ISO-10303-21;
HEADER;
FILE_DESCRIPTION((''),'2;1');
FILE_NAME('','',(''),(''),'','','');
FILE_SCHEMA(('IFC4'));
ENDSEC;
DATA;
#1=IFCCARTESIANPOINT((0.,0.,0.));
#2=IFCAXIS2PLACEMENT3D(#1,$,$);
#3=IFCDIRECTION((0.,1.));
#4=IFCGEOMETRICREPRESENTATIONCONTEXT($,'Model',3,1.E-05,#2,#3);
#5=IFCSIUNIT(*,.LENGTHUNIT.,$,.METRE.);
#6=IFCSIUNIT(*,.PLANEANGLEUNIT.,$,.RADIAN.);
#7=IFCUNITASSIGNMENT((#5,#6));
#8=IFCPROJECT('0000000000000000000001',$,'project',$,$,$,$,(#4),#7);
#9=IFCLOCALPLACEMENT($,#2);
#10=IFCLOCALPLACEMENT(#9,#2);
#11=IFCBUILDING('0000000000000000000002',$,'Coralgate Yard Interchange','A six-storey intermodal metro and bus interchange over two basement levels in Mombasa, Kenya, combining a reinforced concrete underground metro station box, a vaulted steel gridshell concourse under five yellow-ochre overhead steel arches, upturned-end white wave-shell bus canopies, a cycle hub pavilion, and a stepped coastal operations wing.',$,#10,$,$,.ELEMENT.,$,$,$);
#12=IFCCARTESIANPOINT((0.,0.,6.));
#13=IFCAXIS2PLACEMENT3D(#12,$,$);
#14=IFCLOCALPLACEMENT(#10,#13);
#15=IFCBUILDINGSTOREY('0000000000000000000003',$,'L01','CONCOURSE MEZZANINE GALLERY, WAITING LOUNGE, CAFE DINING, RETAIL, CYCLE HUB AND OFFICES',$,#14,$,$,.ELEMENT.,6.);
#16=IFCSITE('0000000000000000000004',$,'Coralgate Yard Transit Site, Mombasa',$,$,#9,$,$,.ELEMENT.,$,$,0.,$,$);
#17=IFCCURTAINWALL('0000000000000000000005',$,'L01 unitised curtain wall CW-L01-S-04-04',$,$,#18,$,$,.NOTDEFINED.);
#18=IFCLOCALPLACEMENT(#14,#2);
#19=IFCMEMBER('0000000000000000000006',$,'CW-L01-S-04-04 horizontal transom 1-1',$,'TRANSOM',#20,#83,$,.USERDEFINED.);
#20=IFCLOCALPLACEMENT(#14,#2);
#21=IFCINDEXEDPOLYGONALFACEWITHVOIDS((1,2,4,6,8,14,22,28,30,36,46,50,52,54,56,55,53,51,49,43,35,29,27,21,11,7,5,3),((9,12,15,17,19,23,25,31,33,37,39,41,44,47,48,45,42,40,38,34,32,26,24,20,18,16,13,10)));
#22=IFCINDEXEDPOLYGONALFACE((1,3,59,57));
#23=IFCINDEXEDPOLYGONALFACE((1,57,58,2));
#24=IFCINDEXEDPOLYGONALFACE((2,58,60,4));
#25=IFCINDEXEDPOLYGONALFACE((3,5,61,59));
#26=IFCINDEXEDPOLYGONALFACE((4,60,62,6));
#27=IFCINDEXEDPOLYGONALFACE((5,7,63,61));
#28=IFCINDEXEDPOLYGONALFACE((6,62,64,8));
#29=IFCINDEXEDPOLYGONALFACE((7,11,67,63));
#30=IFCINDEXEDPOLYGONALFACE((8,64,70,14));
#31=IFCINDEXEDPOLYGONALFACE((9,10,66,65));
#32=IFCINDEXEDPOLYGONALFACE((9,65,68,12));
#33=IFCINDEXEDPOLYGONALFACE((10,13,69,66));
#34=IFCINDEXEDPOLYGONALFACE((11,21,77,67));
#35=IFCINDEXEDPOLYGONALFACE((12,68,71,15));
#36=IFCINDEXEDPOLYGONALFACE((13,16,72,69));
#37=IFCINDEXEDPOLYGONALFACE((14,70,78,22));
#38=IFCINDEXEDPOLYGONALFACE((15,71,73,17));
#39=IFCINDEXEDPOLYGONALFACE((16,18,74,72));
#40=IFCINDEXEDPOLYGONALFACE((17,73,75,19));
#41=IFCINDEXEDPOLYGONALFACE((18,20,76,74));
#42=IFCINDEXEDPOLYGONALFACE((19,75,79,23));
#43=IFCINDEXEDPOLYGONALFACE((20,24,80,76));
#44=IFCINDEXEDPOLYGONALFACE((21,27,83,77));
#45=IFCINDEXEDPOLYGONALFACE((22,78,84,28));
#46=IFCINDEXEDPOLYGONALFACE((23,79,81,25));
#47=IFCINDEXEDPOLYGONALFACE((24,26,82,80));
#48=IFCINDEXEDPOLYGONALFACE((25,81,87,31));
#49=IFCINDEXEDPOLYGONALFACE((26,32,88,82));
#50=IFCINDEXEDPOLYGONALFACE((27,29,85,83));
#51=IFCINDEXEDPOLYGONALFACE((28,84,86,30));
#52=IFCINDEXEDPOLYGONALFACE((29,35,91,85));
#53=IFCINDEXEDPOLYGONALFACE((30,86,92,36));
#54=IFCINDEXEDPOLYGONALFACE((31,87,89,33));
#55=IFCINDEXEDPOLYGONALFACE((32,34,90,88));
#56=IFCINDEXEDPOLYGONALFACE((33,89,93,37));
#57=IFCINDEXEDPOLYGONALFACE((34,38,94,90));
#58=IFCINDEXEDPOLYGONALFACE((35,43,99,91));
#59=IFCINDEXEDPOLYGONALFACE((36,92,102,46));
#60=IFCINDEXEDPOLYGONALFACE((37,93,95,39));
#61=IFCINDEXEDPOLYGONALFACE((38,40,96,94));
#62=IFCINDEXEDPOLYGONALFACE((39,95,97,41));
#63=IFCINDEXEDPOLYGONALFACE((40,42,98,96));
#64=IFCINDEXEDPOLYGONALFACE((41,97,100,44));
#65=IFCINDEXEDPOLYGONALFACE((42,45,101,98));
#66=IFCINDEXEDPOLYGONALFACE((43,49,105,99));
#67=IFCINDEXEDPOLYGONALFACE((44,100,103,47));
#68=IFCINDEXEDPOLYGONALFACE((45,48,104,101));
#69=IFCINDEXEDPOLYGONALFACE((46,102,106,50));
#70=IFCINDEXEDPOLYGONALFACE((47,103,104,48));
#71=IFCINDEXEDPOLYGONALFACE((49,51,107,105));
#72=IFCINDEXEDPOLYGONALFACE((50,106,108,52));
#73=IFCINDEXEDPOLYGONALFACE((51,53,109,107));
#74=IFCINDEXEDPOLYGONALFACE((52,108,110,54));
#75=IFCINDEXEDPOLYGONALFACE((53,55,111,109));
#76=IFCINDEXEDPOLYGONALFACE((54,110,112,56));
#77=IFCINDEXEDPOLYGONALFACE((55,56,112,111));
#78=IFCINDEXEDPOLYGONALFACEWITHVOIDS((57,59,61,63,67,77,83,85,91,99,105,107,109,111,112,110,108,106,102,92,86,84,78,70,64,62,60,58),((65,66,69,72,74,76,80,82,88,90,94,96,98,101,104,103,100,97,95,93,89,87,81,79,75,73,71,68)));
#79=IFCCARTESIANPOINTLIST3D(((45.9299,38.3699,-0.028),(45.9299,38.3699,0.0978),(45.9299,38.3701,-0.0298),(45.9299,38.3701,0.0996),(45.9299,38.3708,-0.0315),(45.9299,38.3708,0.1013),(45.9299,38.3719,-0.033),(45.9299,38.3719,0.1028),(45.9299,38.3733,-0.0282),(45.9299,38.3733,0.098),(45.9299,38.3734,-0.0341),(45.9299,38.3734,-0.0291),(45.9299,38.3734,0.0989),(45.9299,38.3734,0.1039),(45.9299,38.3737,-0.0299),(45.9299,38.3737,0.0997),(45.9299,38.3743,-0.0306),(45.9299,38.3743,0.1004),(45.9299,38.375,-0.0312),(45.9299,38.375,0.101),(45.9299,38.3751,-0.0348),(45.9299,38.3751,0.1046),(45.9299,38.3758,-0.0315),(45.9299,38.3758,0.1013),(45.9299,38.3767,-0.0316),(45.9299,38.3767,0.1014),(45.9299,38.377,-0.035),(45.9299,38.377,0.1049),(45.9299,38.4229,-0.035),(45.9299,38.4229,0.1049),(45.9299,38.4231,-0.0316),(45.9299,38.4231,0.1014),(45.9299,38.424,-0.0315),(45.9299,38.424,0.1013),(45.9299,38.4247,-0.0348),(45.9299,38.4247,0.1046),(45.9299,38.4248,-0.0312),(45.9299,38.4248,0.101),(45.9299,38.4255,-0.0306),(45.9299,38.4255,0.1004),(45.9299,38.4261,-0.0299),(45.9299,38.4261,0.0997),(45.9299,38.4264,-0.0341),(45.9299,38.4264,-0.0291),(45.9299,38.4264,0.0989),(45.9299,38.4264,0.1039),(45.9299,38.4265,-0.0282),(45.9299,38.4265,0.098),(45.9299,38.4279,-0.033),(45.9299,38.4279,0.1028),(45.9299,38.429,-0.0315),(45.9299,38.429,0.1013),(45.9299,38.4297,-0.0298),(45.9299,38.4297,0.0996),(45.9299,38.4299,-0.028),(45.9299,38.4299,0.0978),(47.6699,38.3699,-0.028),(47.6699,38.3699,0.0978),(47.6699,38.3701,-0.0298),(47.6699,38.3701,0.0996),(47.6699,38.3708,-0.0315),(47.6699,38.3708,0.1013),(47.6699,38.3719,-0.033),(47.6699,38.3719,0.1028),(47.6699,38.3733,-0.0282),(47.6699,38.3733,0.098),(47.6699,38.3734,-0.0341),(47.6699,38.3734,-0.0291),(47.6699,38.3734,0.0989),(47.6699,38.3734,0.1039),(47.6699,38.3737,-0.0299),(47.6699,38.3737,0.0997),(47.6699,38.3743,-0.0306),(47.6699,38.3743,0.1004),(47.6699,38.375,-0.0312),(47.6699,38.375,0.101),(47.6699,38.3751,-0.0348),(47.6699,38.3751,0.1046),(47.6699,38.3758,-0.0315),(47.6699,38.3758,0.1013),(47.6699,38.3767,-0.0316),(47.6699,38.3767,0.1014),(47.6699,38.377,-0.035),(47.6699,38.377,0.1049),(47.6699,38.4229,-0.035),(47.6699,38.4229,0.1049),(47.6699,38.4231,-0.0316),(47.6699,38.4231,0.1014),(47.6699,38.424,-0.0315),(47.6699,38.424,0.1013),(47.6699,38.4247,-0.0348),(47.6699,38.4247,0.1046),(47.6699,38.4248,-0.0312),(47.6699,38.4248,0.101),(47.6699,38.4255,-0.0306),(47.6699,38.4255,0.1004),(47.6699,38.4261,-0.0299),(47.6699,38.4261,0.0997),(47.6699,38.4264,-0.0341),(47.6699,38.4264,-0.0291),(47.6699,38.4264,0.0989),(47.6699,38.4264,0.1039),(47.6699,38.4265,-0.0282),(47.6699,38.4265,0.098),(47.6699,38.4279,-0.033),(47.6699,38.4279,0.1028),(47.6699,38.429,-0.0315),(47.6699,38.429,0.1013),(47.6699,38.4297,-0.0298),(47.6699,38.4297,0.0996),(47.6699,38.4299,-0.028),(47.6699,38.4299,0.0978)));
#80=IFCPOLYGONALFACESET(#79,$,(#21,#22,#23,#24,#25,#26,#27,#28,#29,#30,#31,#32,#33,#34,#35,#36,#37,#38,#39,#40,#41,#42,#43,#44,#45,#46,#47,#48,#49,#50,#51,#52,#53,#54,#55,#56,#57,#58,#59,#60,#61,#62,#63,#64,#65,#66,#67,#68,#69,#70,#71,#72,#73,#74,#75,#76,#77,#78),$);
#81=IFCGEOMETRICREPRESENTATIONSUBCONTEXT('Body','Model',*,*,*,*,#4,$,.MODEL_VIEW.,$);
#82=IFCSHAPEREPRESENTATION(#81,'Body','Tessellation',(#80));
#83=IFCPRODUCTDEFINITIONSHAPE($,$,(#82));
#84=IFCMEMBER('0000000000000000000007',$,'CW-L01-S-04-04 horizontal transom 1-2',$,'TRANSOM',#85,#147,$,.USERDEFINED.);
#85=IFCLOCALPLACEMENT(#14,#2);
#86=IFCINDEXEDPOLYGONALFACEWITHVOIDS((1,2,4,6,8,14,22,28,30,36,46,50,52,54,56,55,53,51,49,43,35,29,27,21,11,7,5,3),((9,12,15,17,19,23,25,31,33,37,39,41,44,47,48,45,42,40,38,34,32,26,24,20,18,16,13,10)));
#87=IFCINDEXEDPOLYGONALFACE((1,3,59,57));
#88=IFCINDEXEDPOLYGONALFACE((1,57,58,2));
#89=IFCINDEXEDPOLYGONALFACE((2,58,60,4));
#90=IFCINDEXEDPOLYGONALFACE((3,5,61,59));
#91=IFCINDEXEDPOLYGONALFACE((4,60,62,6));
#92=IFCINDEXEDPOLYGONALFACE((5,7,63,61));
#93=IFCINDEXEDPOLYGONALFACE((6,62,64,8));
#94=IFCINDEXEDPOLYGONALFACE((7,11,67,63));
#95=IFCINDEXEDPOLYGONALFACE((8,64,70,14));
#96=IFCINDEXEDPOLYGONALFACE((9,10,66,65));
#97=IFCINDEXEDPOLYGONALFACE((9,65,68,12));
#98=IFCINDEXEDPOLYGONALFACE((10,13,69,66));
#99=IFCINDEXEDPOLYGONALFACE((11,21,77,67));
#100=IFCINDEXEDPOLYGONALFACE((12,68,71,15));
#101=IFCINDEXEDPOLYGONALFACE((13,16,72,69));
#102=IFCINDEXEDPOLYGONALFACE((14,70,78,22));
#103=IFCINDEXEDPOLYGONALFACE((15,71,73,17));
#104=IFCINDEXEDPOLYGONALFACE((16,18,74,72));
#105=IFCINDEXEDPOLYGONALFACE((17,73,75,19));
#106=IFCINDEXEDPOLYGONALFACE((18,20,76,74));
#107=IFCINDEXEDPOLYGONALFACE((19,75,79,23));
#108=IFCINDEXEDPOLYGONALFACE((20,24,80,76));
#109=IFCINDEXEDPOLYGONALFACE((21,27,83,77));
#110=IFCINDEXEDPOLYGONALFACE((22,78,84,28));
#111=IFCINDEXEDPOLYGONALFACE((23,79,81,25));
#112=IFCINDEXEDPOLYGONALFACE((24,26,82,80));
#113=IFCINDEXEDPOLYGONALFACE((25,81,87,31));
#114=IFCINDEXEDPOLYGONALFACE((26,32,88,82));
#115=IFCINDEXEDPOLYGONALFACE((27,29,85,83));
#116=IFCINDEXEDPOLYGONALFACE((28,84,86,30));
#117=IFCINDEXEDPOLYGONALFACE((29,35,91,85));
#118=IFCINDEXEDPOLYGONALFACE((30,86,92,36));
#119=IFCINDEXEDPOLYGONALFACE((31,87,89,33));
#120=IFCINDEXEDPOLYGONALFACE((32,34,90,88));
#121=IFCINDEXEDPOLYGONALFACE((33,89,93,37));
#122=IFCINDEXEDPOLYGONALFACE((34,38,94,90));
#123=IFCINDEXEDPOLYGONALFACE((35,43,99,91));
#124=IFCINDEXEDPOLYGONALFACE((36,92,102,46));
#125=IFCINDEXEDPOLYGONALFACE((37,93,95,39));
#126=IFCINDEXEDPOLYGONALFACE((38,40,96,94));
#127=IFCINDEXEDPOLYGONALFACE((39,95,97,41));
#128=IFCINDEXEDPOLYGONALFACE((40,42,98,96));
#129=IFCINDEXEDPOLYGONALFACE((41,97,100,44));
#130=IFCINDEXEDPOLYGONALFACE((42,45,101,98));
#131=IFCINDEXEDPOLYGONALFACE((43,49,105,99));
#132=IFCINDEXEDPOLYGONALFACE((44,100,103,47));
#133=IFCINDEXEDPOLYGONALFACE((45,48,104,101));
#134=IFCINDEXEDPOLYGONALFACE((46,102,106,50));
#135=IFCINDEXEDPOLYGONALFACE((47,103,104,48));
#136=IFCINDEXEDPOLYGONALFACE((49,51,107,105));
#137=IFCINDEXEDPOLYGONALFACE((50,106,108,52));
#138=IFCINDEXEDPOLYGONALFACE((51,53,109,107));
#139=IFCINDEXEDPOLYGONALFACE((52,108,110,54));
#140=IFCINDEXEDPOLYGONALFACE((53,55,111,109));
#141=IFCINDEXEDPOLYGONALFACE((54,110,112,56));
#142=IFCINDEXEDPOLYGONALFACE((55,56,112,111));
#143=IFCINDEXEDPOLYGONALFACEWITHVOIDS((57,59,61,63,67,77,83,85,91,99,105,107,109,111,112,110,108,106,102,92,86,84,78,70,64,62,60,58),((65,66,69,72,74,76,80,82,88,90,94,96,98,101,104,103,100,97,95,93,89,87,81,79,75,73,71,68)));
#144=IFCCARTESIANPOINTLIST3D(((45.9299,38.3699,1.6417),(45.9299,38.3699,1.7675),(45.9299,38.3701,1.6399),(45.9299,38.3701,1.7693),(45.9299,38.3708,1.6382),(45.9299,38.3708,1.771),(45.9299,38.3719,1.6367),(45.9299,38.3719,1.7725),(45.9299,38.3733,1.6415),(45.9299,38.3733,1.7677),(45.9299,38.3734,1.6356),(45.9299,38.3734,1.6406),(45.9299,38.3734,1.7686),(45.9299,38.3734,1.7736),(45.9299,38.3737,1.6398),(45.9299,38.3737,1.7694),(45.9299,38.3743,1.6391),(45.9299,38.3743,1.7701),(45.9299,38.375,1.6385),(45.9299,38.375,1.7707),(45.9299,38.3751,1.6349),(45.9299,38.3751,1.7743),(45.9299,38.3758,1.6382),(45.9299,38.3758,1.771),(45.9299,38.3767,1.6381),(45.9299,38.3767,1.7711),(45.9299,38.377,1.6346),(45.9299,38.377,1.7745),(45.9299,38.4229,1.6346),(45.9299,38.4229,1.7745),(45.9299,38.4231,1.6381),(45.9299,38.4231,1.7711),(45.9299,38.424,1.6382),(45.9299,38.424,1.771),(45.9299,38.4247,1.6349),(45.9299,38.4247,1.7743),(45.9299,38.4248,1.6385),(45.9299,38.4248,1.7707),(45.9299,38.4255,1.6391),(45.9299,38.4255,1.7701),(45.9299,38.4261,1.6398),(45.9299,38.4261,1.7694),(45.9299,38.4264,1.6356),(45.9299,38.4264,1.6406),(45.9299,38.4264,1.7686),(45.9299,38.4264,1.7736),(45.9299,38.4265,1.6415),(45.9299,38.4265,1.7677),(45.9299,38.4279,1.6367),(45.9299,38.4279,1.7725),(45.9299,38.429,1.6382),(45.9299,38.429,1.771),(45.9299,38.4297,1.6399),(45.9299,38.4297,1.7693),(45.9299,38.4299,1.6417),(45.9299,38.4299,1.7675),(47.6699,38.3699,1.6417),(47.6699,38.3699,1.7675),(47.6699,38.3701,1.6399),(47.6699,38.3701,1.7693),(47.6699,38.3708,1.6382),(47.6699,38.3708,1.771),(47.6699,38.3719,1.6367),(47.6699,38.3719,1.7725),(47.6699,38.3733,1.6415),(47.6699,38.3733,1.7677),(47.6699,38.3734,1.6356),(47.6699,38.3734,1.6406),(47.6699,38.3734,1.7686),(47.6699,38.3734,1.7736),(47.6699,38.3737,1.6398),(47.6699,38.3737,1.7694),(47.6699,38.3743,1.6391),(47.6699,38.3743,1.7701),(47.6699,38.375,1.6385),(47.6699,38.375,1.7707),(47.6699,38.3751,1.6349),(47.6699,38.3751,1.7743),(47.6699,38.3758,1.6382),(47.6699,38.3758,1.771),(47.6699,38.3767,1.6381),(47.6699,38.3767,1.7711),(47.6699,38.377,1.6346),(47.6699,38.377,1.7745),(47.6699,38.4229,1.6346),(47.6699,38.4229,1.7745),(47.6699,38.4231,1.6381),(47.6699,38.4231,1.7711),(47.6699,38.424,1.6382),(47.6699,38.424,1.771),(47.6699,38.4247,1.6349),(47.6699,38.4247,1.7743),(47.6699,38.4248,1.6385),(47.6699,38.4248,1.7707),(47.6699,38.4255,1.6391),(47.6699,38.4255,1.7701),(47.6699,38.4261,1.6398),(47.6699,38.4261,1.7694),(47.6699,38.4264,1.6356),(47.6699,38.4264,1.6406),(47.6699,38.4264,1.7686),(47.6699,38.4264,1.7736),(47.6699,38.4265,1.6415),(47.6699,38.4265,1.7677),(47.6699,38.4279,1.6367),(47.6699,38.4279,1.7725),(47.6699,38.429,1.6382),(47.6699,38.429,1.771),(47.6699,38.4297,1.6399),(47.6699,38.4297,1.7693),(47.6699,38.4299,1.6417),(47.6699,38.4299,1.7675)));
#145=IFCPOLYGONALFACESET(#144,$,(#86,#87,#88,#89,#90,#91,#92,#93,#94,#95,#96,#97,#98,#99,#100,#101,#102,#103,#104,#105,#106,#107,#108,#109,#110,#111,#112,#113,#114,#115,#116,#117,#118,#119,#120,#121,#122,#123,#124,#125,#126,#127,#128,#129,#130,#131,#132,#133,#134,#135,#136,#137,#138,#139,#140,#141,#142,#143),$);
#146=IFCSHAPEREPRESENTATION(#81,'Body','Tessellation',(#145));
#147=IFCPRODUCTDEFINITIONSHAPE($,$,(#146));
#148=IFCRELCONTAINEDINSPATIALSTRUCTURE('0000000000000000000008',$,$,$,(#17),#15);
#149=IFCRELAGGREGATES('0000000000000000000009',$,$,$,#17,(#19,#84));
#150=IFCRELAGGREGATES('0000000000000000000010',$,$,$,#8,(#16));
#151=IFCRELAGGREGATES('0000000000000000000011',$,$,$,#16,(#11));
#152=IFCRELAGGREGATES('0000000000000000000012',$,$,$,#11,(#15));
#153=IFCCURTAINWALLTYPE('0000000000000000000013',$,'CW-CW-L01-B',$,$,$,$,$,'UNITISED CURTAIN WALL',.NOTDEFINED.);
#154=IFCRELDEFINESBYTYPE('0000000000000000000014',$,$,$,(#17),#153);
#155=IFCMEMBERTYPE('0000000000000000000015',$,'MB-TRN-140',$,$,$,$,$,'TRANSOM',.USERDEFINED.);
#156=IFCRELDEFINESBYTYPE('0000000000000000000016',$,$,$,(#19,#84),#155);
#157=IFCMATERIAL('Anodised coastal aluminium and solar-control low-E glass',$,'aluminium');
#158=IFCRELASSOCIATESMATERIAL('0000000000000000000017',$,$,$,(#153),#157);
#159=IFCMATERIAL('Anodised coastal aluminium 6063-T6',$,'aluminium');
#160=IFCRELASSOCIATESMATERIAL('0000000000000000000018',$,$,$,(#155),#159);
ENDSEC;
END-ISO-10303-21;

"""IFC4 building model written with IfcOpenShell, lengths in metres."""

from ifc_helpers import new_model, si_unit, direction, frame, origin, origin_2d, place, context, subcontext, project, spatial, hollow_rectangle, extrude, material, material_profile, profile_set, type_object, element, aggregate, save


model = new_model("IFC4")

# Units and contexts
model_context = context("Model", 3, precision=1e-05, world=origin(), true_north=direction((0.0, 1.0)))
body_context = subcontext(model_context, "Body", "Model", "MODEL_VIEW")
ifc_project = project(units=[si_unit("LENGTHUNIT", "METRE"), si_unit("PLANEANGLEUNIT", "RADIAN")], contexts=[model_context])

# Site, building, storey
site_placement = place(None, origin())
site = spatial("IfcSite", under=ifc_project, at=site_placement, Name="Coralgate Yard Transit Site, Mombasa", CompositionType="ELEMENT", RefElevation=0.0)
building_placement = place(site_placement, origin())
building = spatial("IfcBuilding", under=site, at=building_placement, Name="Coralgate Yard Interchange", Description="A six-storey intermodal metro and bus interchange over two basement levels in Mombasa, Kenya, combining a reinforced concrete underground metro station box, a vaulted steel gridshell concourse under five yellow-ochre overhead steel arches, upturned-end white wave-shell bus canopies, a cycle hub pavilion, and a stepped coastal operations wing.", CompositionType="ELEMENT")
storey_placement = place(building_placement, frame((0.0, 0.0, 6.0)))
storey = spatial("IfcBuildingStorey", under=building, at=storey_placement, Name="L01", Description="CONCOURSE MEZZANINE GALLERY, WAITING LOUNGE, CAFE DINING, RETAIL, CYCLE HUB AND OFFICES", CompositionType="ELEMENT", Elevation=6.0)

# Curtain wall
ifc_material_1 = material(Name="Anodised coastal aluminium and solar-control low-E glass", Category="aluminium")
curtain_wall_type = type_object("IfcCurtainWallType", Name="CW-CW-L01-B", ElementType="UNITISED CURTAIN WALL", PredefinedType="NOTDEFINED", material=ifc_material_1)
curtain_wall_1_placement = place(storey_placement, origin())
curtain_wall_1 = element("IfcCurtainWall", 1, at=curtain_wall_1_placement, inside=storey, type_object=curtain_wall_type, Name="L01 unitised curtain wall CW-L01-S-04-04", PredefinedType="NOTDEFINED")
ifc_material_2 = material(Name="Anodised coastal aluminium 6063-T6", Category="aluminium")

# Members
ifc_material_profile_1 = material_profile(ifc_material_2, hollow_rectangle(XDim=0.0601, YDim=0.1399, WallThickness=0.0034, InnerFilletRadius=0.0034, OuterFilletRadius=0.0071, at=origin_2d()), Name="ALU 60x140x3.5")
ifc_profile_set_1 = profile_set([ifc_material_profile_1], Name="Anodised coastal aluminium 6063-T6")
member_type_1 = type_object("IfcMemberType", Name="MB-TRN-140", ElementType="TRANSOM", PredefinedType="USERDEFINED", material=ifc_profile_set_1)
member_1_placement = place(storey_placement, frame((47.6699, 38.3999, 0.0349), z_axis=(-1.0, 0.0, 0.0), x_axis=(0.0, -1.0, 0.0)))
member_1 = element("IfcMember", 2, at=member_1_placement, type_object=member_type_1, Name="CW-L01-S-04-04 horizontal transom 1-1", ObjectType="TRANSOM", PredefinedType="USERDEFINED", context=body_context, shape_type="SweptSolid", body=[
    extrude(hollow_rectangle(XDim=0.0601, YDim=0.1399, WallThickness=0.0034, InnerFilletRadius=0.0034, OuterFilletRadius=0.0071, at=origin_2d()), origin(), (0.0, 0.0, 1.0), 1.74),
])
member_2_placement = place(storey_placement, frame((47.6699, 38.3999, 1.7046), z_axis=(-1.0, 0.0, 0.0), x_axis=(0.0, -1.0, 0.0)))
member_2 = element("IfcMember", 3, at=member_2_placement, type_object=member_type_1, Name="CW-L01-S-04-04 horizontal transom 1-2", ObjectType="TRANSOM", PredefinedType="USERDEFINED", context=body_context, shape_type="SweptSolid", body=[
    extrude(hollow_rectangle(XDim=0.0601, YDim=0.1399, WallThickness=0.0034, InnerFilletRadius=0.0034, OuterFilletRadius=0.0071, at=origin_2d()), origin(), (0.0, 0.0, 1.0), 1.74),
])

aggregate(curtain_wall_1, [member_1, member_2])

save(model, "model.ifc")
